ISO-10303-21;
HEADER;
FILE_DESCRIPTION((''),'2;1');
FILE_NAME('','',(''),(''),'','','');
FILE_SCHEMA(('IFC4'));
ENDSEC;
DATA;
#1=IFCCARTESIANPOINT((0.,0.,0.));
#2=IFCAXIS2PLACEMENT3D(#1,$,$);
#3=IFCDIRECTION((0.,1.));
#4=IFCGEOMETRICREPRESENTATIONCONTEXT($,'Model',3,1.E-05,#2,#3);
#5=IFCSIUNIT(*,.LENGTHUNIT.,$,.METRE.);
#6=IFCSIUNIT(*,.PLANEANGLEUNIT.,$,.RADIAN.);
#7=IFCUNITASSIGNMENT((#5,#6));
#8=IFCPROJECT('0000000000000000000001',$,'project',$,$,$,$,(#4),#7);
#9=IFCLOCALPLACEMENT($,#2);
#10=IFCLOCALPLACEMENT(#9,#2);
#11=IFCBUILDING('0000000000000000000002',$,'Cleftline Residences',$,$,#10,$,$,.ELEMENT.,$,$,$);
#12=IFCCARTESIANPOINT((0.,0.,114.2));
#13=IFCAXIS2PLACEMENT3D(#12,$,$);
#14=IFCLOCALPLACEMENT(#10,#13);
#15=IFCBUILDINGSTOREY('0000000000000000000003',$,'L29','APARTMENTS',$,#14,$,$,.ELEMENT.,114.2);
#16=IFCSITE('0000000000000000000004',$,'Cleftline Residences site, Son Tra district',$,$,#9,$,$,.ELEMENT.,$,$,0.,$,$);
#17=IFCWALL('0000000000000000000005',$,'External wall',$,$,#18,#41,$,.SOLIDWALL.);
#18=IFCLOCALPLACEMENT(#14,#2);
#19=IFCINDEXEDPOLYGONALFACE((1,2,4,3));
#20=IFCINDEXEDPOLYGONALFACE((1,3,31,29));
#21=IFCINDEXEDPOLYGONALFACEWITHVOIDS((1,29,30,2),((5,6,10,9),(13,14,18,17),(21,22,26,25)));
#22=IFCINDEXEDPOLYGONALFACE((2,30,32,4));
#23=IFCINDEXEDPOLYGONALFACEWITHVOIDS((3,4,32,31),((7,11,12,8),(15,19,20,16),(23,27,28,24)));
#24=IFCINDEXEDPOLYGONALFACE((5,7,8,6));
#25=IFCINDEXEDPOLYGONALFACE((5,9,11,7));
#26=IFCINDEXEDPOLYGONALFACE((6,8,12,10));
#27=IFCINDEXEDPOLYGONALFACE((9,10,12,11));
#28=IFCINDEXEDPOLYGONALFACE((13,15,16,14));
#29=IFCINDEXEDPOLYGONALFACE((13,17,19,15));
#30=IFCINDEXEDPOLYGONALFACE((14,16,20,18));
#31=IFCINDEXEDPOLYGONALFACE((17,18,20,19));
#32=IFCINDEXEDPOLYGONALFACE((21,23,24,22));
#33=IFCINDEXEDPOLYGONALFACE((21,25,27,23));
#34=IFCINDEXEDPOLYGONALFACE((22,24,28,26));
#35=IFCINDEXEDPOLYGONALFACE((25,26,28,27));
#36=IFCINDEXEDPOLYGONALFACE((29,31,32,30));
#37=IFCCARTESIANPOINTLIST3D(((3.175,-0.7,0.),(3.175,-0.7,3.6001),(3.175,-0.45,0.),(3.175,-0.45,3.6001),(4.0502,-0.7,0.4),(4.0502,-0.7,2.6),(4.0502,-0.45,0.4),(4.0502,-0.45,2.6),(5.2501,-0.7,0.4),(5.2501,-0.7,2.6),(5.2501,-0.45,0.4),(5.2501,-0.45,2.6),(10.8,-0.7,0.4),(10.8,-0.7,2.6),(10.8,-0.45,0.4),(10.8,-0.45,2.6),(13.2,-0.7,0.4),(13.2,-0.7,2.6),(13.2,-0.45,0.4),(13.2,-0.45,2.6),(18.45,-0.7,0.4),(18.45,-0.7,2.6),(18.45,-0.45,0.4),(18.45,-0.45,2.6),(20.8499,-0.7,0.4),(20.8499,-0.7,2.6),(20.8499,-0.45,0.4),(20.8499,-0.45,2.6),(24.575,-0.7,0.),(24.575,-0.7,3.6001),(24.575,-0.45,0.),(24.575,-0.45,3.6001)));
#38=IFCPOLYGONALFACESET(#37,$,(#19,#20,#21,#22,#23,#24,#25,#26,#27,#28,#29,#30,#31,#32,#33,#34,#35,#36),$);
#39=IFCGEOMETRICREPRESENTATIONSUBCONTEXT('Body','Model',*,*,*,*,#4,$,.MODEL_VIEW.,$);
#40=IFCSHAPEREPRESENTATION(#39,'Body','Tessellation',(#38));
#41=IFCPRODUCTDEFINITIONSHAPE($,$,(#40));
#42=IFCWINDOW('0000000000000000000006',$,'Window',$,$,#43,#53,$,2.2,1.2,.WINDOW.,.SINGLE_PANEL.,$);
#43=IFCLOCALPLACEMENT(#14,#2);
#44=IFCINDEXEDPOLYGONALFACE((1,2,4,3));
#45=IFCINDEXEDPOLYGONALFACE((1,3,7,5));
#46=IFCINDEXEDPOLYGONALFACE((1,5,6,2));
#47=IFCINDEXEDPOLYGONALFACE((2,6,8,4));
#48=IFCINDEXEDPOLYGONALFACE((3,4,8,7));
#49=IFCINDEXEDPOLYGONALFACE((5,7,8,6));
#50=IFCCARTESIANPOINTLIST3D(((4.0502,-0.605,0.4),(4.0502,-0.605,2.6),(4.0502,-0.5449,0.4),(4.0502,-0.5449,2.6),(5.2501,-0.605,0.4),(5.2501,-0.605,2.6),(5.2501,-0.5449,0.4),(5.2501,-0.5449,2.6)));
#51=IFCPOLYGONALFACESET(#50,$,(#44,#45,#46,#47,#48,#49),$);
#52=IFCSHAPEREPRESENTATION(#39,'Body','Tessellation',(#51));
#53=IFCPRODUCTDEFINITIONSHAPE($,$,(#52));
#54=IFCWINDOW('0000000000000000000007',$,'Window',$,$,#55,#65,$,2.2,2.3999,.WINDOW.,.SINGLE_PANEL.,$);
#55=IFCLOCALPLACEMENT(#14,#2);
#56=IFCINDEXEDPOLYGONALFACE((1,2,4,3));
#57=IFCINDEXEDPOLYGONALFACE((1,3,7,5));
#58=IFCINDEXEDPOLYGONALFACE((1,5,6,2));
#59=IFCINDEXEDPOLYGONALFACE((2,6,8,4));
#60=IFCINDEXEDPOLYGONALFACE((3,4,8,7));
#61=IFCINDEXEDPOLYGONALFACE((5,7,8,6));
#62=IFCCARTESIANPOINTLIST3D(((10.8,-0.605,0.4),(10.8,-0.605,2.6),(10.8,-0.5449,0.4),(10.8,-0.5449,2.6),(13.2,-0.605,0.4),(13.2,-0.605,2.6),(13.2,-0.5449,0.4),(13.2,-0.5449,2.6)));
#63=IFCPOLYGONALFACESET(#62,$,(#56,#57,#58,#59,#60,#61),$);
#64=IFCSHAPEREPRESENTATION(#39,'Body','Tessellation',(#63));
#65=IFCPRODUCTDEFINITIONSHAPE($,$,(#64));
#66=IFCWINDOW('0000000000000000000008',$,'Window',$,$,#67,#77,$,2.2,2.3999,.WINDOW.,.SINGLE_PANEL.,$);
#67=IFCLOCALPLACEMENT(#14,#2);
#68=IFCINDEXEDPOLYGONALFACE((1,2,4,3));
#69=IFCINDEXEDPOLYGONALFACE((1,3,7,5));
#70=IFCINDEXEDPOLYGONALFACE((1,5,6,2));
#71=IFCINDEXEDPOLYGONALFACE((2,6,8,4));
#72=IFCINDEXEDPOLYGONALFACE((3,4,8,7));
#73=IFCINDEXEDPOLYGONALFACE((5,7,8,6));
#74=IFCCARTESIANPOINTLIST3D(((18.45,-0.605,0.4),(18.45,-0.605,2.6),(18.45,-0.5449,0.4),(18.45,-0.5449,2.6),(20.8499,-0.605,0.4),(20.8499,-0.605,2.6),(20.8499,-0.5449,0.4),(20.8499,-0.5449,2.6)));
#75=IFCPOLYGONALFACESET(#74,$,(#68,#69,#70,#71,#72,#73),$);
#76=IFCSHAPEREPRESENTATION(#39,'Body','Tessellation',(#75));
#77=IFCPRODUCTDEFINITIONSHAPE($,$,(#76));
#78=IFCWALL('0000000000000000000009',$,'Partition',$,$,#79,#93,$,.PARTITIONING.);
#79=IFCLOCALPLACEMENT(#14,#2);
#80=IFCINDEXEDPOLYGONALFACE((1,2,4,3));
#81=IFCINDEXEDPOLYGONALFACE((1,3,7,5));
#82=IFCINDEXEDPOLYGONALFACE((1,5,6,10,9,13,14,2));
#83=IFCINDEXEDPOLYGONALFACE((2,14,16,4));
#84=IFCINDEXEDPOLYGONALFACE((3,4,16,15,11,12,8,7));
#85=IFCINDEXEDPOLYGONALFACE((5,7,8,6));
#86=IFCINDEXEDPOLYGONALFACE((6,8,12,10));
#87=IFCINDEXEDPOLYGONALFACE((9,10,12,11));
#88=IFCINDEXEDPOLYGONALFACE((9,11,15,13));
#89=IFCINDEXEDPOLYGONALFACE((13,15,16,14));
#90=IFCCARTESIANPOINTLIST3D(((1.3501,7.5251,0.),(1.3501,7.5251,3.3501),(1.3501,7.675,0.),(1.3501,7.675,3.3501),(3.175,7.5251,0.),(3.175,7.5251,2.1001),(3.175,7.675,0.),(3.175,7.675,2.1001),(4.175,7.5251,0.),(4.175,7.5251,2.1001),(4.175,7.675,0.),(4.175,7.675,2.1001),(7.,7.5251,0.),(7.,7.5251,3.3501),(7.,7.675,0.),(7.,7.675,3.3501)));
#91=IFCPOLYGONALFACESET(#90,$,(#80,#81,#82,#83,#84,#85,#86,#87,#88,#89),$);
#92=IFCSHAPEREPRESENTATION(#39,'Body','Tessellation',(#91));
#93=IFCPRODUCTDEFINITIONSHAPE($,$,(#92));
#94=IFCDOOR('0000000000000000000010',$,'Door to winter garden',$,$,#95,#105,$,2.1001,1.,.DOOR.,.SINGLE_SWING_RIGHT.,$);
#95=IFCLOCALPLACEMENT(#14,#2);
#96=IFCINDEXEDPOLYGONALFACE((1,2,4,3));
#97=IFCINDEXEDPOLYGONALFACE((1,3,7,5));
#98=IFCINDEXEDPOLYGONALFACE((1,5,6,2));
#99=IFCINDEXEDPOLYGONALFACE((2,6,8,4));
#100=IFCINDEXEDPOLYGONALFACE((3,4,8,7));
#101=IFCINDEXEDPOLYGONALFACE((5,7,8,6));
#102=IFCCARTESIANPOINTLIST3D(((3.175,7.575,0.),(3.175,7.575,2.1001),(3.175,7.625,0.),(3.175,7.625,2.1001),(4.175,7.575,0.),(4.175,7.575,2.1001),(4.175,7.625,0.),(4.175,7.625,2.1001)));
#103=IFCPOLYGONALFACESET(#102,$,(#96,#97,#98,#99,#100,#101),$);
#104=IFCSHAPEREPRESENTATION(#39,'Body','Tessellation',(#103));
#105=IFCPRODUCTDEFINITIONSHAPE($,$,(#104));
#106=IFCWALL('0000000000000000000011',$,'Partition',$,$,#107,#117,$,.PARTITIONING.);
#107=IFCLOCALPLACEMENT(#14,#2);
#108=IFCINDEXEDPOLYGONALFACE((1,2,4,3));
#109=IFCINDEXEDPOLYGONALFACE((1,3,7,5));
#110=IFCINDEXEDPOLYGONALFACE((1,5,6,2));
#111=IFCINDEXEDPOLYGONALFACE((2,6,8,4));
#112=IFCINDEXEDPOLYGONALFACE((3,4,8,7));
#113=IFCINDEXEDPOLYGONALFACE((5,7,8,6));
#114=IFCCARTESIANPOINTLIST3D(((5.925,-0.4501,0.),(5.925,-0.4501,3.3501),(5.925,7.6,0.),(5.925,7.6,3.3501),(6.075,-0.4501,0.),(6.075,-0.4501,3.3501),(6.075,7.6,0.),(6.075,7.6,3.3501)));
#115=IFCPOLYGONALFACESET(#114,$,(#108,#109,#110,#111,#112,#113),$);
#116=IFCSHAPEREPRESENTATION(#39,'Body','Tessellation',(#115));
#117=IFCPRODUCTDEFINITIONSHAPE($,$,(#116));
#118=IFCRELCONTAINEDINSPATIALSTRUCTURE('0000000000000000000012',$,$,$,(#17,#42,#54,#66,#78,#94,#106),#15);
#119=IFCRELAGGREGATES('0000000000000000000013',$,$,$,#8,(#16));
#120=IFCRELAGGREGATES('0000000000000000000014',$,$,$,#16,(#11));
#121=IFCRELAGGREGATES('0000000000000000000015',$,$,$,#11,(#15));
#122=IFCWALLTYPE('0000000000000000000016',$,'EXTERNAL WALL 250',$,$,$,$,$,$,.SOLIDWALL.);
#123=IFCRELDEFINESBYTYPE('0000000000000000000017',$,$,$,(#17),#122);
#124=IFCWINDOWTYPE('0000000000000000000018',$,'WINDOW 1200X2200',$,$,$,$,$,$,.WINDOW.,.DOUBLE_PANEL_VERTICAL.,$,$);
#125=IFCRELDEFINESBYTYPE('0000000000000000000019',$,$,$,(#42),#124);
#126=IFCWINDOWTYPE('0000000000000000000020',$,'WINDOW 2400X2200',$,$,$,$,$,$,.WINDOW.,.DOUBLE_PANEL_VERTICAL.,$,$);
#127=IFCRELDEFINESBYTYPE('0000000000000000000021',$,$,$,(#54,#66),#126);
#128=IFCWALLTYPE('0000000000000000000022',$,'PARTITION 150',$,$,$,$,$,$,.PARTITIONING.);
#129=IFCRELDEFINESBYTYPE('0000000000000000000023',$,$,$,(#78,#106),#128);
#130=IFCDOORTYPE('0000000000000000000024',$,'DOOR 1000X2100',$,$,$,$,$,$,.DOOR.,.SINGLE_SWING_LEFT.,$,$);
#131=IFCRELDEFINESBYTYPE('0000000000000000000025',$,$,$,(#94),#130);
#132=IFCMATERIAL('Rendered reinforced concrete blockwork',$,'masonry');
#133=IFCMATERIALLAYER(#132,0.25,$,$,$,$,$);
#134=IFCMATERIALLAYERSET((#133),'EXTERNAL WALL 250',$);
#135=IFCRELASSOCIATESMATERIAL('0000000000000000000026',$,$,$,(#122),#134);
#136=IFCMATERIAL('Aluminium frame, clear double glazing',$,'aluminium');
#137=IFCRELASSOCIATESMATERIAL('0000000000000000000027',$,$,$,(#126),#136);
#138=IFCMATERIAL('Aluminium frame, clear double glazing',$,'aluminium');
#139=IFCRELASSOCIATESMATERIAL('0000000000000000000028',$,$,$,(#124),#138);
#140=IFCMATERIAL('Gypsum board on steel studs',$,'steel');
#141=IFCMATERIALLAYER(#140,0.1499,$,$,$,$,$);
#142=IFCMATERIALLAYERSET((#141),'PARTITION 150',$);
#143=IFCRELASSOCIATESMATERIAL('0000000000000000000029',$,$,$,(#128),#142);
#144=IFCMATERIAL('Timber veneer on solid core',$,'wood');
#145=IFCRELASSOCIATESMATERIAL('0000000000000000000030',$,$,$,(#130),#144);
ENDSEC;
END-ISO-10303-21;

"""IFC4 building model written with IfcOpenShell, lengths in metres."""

from ifc_helpers import new_model, si_unit, direction, frame, frame_2d, origin, place, context, subcontext, project, spatial, rectangle, extrude, material, layer, layer_set, type_object, element, fill, save


model = new_model("IFC4")

# Units and contexts
model_context = context("Model", 3, precision=1e-05, world=origin(), true_north=direction((0.0, 1.0)))
body_context = subcontext(model_context, "Body", "Model", "MODEL_VIEW")
ifc_project = project(units=[si_unit("LENGTHUNIT", "METRE"), si_unit("PLANEANGLEUNIT", "RADIAN")], contexts=[model_context])

# Site, building, storey
site_placement = place(None, origin())
site = spatial("IfcSite", under=ifc_project, at=site_placement, Name="Cleftline Residences site, Son Tra district", CompositionType="ELEMENT", RefElevation=0.0)
building_placement = place(site_placement, origin())
building = spatial("IfcBuilding", under=site, at=building_placement, Name="Cleftline Residences", CompositionType="ELEMENT")
storey_placement = place(building_placement, frame((0.0, 0.0, 114.2)))
storey = spatial("IfcBuildingStorey", under=building, at=storey_placement, Name="L29", Description="APARTMENTS", CompositionType="ELEMENT", Elevation=114.2)

# Shared definitions
ifc_material_1 = material(Name="Rendered reinforced concrete blockwork", Category="masonry")
ifc_layer_1 = layer(ifc_material_1, 0.25)
ifc_layer_set_1 = layer_set([ifc_layer_1], Name="EXTERNAL WALL 250")
wall_type_1 = type_object("IfcWallType", Name="EXTERNAL WALL 250", PredefinedType="SOLIDWALL", material=ifc_layer_set_1)
ifc_material_2 = material(Name="Aluminium frame, clear double glazing", Category="aluminium")
window_type_1 = type_object("IfcWindowType", Name="WINDOW 2400X2200", PartitioningType="DOUBLE_PANEL_VERTICAL", PredefinedType="WINDOW", material=ifc_material_2)

# Wall, openings, windows
wall_1_placement = place(storey_placement, frame((3.175, -0.575, 0.0), z_axis=(0.0, 0.0, 1.0), x_axis=(1.0, 0.0, 0.0)))
wall_1 = element("IfcWall", 1, at=wall_1_placement, inside=storey, type_object=wall_type_1, Name="External wall", PredefinedType="SOLIDWALL", context=body_context, shape_type="SweptSolid", body=[
    extrude(rectangle(XDim=21.3999, YDim=0.25, at=frame_2d((10.7, 0.0))), origin(), (0.0, 0.0, 1.0), 3.6001),
])
opening_1_placement = place(wall_1_placement, frame((0.875, 0.0, 0.3999)))
opening_1 = element("IfcOpeningElement", 2, at=opening_1_placement, cuts=wall_1, PredefinedType="OPENING", context=body_context, shape_type="SweptSolid", body=[
    extrude(rectangle(XDim=1.2, YDim=2.2, at=frame_2d((0.6001, 1.1001))), frame((0.0, 0.135, 0.0), z_axis=(0.0, -1.0, 0.0), x_axis=(1.0, 0.0, 0.0)), (0.0, 0.0, 1.0), 0.27),
])
opening_2_placement = place(wall_1_placement, frame((7.625, 0.0, 0.3999)))
opening_2 = element("IfcOpeningElement", 3, at=opening_2_placement, cuts=wall_1, PredefinedType="OPENING", context=body_context, shape_type="SweptSolid", body=[
    extrude(rectangle(XDim=2.3999, YDim=2.2, at=frame_2d((1.2, 1.1001))), frame((0.0, 0.135, 0.0), z_axis=(0.0, -1.0, 0.0), x_axis=(1.0, 0.0, 0.0)), (0.0, 0.0, 1.0), 0.27),
])
opening_3_placement = place(wall_1_placement, frame((15.2749, 0.0, 0.3999)))
opening_3 = element("IfcOpeningElement", 4, at=opening_3_placement, cuts=wall_1, PredefinedType="OPENING", context=body_context, shape_type="SweptSolid", body=[
    extrude(rectangle(XDim=2.3999, YDim=2.2, at=frame_2d((1.2, 1.1001))), frame((0.0, 0.135, 0.0), z_axis=(0.0, -1.0, 0.0), x_axis=(1.0, 0.0, 0.0)), (0.0, 0.0, 1.0), 0.27),
])
ifc_material_3 = material(Name="Aluminium frame, clear double glazing", Category="aluminium")
window_type_2 = type_object("IfcWindowType", Name="WINDOW 1200X2200", PartitioningType="DOUBLE_PANEL_VERTICAL", PredefinedType="WINDOW", material=ifc_material_3)
window_1_placement = place(opening_1_placement, origin())
window_1 = element("IfcWindow", 5, at=window_1_placement, inside=storey, type_object=window_type_2, Name="Window", OverallHeight=2.2, OverallWidth=1.2, PartitioningType="SINGLE_PANEL", PredefinedType="WINDOW", context=body_context, shape_type="SweptSolid", body=[
    extrude(rectangle(XDim=1.2, YDim=2.2, at=frame_2d((0.6001, 1.1001))), frame((0.0, 0.03, 0.0), z_axis=(0.0, -1.0, 0.0), x_axis=(1.0, 0.0, 0.0)), (0.0, 0.0, 1.0), 0.0601),
])
fill(opening_1, window_1)
window_2_placement = place(opening_2_placement, origin())
window_2 = element("IfcWindow", 6, at=window_2_placement, inside=storey, type_object=window_type_1, Name="Window", OverallHeight=2.2, OverallWidth=2.3999, PartitioningType="SINGLE_PANEL", PredefinedType="WINDOW", context=body_context, shape_type="SweptSolid", body=[
    extrude(rectangle(XDim=2.3999, YDim=2.2, at=frame_2d((1.2, 1.1001))), frame((0.0, 0.03, 0.0), z_axis=(0.0, -1.0, 0.0), x_axis=(1.0, 0.0, 0.0)), (0.0, 0.0, 1.0), 0.0601),
])
fill(opening_2, window_2)
window_3_placement = place(opening_3_placement, origin())
window_3 = element("IfcWindow", 7, at=window_3_placement, inside=storey, type_object=window_type_1, Name="Window", OverallHeight=2.2, OverallWidth=2.3999, PartitioningType="SINGLE_PANEL", PredefinedType="WINDOW", context=body_context, shape_type="SweptSolid", body=[
    extrude(rectangle(XDim=2.3999, YDim=2.2, at=frame_2d((1.2, 1.1001))), frame((0.0, 0.03, 0.0), z_axis=(0.0, -1.0, 0.0), x_axis=(1.0, 0.0, 0.0)), (0.0, 0.0, 1.0), 0.0601),
])
fill(opening_3, window_3)

# Wall, opening, door
ifc_material_4 = material(Name="Gypsum board on steel studs", Category="steel")
ifc_layer_2 = layer(ifc_material_4, 0.1499)
ifc_layer_set_2 = layer_set([ifc_layer_2], Name="PARTITION 150")
wall_type_2 = type_object("IfcWallType", Name="PARTITION 150", PredefinedType="PARTITIONING", material=ifc_layer_set_2)
wall_2_placement = place(storey_placement, frame((1.3501, 7.6001, 0.0), z_axis=(0.0, 0.0, 1.0), x_axis=(1.0, 0.0, 0.0)))
wall_2 = element("IfcWall", 8, at=wall_2_placement, inside=storey, type_object=wall_type_2, Name="Partition", PredefinedType="PARTITIONING", context=body_context, shape_type="SweptSolid", body=[
    extrude(rectangle(XDim=5.6499, YDim=0.1499, at=frame_2d((2.825, 0.0))), origin(), (0.0, 0.0, 1.0), 3.3501),
])
opening_4_placement = place(wall_2_placement, frame((1.825, 0.0, 0.0)))
opening_4 = element("IfcOpeningElement", 9, at=opening_4_placement, cuts=wall_2, PredefinedType="OPENING", context=body_context, shape_type="SweptSolid", body=[
    extrude(rectangle(XDim=1.0, YDim=2.1001, at=frame_2d((0.5, 1.05))), frame((0.0, 0.085, 0.0), z_axis=(0.0, -1.0, 0.0), x_axis=(1.0, 0.0, 0.0)), (0.0, 0.0, 1.0), 0.1699),
])
ifc_material_5 = material(Name="Timber veneer on solid core", Category="wood")
door_type = type_object("IfcDoorType", Name="DOOR 1000X2100", OperationType="SINGLE_SWING_LEFT", PredefinedType="DOOR", material=ifc_material_5)
door_placement = place(opening_4_placement, origin())
door = element("IfcDoor", 10, at=door_placement, inside=storey, type_object=door_type, Name="Door to winter garden", OperationType="SINGLE_SWING_RIGHT", OverallHeight=2.1001, OverallWidth=1.0, PredefinedType="DOOR", context=body_context, shape_type="SweptSolid", body=[
    extrude(rectangle(XDim=1.0, YDim=2.1001, at=frame_2d((0.5, 1.05))), frame((0.0, 0.0249, 0.0), z_axis=(0.0, -1.0, 0.0), x_axis=(1.0, 0.0, 0.0)), (0.0, 0.0, 1.0), 0.05),
])
fill(opening_4, door)

# Wall
wall_3_placement = place(storey_placement, frame((6.0, -0.45, 0.0), z_axis=(0.0, 0.0, 1.0), x_axis=(0.0, 1.0, 0.0)))
element("IfcWall", 11, at=wall_3_placement, inside=storey, type_object=wall_type_2, Name="Partition", PredefinedType="PARTITIONING", context=body_context, shape_type="SweptSolid", body=[
    extrude(rectangle(XDim=8.05, YDim=0.1499, at=frame_2d((4.0249, 0.0))), origin(), (0.0, 0.0, 1.0), 3.3501),
])

save(model, "model.ifc")
